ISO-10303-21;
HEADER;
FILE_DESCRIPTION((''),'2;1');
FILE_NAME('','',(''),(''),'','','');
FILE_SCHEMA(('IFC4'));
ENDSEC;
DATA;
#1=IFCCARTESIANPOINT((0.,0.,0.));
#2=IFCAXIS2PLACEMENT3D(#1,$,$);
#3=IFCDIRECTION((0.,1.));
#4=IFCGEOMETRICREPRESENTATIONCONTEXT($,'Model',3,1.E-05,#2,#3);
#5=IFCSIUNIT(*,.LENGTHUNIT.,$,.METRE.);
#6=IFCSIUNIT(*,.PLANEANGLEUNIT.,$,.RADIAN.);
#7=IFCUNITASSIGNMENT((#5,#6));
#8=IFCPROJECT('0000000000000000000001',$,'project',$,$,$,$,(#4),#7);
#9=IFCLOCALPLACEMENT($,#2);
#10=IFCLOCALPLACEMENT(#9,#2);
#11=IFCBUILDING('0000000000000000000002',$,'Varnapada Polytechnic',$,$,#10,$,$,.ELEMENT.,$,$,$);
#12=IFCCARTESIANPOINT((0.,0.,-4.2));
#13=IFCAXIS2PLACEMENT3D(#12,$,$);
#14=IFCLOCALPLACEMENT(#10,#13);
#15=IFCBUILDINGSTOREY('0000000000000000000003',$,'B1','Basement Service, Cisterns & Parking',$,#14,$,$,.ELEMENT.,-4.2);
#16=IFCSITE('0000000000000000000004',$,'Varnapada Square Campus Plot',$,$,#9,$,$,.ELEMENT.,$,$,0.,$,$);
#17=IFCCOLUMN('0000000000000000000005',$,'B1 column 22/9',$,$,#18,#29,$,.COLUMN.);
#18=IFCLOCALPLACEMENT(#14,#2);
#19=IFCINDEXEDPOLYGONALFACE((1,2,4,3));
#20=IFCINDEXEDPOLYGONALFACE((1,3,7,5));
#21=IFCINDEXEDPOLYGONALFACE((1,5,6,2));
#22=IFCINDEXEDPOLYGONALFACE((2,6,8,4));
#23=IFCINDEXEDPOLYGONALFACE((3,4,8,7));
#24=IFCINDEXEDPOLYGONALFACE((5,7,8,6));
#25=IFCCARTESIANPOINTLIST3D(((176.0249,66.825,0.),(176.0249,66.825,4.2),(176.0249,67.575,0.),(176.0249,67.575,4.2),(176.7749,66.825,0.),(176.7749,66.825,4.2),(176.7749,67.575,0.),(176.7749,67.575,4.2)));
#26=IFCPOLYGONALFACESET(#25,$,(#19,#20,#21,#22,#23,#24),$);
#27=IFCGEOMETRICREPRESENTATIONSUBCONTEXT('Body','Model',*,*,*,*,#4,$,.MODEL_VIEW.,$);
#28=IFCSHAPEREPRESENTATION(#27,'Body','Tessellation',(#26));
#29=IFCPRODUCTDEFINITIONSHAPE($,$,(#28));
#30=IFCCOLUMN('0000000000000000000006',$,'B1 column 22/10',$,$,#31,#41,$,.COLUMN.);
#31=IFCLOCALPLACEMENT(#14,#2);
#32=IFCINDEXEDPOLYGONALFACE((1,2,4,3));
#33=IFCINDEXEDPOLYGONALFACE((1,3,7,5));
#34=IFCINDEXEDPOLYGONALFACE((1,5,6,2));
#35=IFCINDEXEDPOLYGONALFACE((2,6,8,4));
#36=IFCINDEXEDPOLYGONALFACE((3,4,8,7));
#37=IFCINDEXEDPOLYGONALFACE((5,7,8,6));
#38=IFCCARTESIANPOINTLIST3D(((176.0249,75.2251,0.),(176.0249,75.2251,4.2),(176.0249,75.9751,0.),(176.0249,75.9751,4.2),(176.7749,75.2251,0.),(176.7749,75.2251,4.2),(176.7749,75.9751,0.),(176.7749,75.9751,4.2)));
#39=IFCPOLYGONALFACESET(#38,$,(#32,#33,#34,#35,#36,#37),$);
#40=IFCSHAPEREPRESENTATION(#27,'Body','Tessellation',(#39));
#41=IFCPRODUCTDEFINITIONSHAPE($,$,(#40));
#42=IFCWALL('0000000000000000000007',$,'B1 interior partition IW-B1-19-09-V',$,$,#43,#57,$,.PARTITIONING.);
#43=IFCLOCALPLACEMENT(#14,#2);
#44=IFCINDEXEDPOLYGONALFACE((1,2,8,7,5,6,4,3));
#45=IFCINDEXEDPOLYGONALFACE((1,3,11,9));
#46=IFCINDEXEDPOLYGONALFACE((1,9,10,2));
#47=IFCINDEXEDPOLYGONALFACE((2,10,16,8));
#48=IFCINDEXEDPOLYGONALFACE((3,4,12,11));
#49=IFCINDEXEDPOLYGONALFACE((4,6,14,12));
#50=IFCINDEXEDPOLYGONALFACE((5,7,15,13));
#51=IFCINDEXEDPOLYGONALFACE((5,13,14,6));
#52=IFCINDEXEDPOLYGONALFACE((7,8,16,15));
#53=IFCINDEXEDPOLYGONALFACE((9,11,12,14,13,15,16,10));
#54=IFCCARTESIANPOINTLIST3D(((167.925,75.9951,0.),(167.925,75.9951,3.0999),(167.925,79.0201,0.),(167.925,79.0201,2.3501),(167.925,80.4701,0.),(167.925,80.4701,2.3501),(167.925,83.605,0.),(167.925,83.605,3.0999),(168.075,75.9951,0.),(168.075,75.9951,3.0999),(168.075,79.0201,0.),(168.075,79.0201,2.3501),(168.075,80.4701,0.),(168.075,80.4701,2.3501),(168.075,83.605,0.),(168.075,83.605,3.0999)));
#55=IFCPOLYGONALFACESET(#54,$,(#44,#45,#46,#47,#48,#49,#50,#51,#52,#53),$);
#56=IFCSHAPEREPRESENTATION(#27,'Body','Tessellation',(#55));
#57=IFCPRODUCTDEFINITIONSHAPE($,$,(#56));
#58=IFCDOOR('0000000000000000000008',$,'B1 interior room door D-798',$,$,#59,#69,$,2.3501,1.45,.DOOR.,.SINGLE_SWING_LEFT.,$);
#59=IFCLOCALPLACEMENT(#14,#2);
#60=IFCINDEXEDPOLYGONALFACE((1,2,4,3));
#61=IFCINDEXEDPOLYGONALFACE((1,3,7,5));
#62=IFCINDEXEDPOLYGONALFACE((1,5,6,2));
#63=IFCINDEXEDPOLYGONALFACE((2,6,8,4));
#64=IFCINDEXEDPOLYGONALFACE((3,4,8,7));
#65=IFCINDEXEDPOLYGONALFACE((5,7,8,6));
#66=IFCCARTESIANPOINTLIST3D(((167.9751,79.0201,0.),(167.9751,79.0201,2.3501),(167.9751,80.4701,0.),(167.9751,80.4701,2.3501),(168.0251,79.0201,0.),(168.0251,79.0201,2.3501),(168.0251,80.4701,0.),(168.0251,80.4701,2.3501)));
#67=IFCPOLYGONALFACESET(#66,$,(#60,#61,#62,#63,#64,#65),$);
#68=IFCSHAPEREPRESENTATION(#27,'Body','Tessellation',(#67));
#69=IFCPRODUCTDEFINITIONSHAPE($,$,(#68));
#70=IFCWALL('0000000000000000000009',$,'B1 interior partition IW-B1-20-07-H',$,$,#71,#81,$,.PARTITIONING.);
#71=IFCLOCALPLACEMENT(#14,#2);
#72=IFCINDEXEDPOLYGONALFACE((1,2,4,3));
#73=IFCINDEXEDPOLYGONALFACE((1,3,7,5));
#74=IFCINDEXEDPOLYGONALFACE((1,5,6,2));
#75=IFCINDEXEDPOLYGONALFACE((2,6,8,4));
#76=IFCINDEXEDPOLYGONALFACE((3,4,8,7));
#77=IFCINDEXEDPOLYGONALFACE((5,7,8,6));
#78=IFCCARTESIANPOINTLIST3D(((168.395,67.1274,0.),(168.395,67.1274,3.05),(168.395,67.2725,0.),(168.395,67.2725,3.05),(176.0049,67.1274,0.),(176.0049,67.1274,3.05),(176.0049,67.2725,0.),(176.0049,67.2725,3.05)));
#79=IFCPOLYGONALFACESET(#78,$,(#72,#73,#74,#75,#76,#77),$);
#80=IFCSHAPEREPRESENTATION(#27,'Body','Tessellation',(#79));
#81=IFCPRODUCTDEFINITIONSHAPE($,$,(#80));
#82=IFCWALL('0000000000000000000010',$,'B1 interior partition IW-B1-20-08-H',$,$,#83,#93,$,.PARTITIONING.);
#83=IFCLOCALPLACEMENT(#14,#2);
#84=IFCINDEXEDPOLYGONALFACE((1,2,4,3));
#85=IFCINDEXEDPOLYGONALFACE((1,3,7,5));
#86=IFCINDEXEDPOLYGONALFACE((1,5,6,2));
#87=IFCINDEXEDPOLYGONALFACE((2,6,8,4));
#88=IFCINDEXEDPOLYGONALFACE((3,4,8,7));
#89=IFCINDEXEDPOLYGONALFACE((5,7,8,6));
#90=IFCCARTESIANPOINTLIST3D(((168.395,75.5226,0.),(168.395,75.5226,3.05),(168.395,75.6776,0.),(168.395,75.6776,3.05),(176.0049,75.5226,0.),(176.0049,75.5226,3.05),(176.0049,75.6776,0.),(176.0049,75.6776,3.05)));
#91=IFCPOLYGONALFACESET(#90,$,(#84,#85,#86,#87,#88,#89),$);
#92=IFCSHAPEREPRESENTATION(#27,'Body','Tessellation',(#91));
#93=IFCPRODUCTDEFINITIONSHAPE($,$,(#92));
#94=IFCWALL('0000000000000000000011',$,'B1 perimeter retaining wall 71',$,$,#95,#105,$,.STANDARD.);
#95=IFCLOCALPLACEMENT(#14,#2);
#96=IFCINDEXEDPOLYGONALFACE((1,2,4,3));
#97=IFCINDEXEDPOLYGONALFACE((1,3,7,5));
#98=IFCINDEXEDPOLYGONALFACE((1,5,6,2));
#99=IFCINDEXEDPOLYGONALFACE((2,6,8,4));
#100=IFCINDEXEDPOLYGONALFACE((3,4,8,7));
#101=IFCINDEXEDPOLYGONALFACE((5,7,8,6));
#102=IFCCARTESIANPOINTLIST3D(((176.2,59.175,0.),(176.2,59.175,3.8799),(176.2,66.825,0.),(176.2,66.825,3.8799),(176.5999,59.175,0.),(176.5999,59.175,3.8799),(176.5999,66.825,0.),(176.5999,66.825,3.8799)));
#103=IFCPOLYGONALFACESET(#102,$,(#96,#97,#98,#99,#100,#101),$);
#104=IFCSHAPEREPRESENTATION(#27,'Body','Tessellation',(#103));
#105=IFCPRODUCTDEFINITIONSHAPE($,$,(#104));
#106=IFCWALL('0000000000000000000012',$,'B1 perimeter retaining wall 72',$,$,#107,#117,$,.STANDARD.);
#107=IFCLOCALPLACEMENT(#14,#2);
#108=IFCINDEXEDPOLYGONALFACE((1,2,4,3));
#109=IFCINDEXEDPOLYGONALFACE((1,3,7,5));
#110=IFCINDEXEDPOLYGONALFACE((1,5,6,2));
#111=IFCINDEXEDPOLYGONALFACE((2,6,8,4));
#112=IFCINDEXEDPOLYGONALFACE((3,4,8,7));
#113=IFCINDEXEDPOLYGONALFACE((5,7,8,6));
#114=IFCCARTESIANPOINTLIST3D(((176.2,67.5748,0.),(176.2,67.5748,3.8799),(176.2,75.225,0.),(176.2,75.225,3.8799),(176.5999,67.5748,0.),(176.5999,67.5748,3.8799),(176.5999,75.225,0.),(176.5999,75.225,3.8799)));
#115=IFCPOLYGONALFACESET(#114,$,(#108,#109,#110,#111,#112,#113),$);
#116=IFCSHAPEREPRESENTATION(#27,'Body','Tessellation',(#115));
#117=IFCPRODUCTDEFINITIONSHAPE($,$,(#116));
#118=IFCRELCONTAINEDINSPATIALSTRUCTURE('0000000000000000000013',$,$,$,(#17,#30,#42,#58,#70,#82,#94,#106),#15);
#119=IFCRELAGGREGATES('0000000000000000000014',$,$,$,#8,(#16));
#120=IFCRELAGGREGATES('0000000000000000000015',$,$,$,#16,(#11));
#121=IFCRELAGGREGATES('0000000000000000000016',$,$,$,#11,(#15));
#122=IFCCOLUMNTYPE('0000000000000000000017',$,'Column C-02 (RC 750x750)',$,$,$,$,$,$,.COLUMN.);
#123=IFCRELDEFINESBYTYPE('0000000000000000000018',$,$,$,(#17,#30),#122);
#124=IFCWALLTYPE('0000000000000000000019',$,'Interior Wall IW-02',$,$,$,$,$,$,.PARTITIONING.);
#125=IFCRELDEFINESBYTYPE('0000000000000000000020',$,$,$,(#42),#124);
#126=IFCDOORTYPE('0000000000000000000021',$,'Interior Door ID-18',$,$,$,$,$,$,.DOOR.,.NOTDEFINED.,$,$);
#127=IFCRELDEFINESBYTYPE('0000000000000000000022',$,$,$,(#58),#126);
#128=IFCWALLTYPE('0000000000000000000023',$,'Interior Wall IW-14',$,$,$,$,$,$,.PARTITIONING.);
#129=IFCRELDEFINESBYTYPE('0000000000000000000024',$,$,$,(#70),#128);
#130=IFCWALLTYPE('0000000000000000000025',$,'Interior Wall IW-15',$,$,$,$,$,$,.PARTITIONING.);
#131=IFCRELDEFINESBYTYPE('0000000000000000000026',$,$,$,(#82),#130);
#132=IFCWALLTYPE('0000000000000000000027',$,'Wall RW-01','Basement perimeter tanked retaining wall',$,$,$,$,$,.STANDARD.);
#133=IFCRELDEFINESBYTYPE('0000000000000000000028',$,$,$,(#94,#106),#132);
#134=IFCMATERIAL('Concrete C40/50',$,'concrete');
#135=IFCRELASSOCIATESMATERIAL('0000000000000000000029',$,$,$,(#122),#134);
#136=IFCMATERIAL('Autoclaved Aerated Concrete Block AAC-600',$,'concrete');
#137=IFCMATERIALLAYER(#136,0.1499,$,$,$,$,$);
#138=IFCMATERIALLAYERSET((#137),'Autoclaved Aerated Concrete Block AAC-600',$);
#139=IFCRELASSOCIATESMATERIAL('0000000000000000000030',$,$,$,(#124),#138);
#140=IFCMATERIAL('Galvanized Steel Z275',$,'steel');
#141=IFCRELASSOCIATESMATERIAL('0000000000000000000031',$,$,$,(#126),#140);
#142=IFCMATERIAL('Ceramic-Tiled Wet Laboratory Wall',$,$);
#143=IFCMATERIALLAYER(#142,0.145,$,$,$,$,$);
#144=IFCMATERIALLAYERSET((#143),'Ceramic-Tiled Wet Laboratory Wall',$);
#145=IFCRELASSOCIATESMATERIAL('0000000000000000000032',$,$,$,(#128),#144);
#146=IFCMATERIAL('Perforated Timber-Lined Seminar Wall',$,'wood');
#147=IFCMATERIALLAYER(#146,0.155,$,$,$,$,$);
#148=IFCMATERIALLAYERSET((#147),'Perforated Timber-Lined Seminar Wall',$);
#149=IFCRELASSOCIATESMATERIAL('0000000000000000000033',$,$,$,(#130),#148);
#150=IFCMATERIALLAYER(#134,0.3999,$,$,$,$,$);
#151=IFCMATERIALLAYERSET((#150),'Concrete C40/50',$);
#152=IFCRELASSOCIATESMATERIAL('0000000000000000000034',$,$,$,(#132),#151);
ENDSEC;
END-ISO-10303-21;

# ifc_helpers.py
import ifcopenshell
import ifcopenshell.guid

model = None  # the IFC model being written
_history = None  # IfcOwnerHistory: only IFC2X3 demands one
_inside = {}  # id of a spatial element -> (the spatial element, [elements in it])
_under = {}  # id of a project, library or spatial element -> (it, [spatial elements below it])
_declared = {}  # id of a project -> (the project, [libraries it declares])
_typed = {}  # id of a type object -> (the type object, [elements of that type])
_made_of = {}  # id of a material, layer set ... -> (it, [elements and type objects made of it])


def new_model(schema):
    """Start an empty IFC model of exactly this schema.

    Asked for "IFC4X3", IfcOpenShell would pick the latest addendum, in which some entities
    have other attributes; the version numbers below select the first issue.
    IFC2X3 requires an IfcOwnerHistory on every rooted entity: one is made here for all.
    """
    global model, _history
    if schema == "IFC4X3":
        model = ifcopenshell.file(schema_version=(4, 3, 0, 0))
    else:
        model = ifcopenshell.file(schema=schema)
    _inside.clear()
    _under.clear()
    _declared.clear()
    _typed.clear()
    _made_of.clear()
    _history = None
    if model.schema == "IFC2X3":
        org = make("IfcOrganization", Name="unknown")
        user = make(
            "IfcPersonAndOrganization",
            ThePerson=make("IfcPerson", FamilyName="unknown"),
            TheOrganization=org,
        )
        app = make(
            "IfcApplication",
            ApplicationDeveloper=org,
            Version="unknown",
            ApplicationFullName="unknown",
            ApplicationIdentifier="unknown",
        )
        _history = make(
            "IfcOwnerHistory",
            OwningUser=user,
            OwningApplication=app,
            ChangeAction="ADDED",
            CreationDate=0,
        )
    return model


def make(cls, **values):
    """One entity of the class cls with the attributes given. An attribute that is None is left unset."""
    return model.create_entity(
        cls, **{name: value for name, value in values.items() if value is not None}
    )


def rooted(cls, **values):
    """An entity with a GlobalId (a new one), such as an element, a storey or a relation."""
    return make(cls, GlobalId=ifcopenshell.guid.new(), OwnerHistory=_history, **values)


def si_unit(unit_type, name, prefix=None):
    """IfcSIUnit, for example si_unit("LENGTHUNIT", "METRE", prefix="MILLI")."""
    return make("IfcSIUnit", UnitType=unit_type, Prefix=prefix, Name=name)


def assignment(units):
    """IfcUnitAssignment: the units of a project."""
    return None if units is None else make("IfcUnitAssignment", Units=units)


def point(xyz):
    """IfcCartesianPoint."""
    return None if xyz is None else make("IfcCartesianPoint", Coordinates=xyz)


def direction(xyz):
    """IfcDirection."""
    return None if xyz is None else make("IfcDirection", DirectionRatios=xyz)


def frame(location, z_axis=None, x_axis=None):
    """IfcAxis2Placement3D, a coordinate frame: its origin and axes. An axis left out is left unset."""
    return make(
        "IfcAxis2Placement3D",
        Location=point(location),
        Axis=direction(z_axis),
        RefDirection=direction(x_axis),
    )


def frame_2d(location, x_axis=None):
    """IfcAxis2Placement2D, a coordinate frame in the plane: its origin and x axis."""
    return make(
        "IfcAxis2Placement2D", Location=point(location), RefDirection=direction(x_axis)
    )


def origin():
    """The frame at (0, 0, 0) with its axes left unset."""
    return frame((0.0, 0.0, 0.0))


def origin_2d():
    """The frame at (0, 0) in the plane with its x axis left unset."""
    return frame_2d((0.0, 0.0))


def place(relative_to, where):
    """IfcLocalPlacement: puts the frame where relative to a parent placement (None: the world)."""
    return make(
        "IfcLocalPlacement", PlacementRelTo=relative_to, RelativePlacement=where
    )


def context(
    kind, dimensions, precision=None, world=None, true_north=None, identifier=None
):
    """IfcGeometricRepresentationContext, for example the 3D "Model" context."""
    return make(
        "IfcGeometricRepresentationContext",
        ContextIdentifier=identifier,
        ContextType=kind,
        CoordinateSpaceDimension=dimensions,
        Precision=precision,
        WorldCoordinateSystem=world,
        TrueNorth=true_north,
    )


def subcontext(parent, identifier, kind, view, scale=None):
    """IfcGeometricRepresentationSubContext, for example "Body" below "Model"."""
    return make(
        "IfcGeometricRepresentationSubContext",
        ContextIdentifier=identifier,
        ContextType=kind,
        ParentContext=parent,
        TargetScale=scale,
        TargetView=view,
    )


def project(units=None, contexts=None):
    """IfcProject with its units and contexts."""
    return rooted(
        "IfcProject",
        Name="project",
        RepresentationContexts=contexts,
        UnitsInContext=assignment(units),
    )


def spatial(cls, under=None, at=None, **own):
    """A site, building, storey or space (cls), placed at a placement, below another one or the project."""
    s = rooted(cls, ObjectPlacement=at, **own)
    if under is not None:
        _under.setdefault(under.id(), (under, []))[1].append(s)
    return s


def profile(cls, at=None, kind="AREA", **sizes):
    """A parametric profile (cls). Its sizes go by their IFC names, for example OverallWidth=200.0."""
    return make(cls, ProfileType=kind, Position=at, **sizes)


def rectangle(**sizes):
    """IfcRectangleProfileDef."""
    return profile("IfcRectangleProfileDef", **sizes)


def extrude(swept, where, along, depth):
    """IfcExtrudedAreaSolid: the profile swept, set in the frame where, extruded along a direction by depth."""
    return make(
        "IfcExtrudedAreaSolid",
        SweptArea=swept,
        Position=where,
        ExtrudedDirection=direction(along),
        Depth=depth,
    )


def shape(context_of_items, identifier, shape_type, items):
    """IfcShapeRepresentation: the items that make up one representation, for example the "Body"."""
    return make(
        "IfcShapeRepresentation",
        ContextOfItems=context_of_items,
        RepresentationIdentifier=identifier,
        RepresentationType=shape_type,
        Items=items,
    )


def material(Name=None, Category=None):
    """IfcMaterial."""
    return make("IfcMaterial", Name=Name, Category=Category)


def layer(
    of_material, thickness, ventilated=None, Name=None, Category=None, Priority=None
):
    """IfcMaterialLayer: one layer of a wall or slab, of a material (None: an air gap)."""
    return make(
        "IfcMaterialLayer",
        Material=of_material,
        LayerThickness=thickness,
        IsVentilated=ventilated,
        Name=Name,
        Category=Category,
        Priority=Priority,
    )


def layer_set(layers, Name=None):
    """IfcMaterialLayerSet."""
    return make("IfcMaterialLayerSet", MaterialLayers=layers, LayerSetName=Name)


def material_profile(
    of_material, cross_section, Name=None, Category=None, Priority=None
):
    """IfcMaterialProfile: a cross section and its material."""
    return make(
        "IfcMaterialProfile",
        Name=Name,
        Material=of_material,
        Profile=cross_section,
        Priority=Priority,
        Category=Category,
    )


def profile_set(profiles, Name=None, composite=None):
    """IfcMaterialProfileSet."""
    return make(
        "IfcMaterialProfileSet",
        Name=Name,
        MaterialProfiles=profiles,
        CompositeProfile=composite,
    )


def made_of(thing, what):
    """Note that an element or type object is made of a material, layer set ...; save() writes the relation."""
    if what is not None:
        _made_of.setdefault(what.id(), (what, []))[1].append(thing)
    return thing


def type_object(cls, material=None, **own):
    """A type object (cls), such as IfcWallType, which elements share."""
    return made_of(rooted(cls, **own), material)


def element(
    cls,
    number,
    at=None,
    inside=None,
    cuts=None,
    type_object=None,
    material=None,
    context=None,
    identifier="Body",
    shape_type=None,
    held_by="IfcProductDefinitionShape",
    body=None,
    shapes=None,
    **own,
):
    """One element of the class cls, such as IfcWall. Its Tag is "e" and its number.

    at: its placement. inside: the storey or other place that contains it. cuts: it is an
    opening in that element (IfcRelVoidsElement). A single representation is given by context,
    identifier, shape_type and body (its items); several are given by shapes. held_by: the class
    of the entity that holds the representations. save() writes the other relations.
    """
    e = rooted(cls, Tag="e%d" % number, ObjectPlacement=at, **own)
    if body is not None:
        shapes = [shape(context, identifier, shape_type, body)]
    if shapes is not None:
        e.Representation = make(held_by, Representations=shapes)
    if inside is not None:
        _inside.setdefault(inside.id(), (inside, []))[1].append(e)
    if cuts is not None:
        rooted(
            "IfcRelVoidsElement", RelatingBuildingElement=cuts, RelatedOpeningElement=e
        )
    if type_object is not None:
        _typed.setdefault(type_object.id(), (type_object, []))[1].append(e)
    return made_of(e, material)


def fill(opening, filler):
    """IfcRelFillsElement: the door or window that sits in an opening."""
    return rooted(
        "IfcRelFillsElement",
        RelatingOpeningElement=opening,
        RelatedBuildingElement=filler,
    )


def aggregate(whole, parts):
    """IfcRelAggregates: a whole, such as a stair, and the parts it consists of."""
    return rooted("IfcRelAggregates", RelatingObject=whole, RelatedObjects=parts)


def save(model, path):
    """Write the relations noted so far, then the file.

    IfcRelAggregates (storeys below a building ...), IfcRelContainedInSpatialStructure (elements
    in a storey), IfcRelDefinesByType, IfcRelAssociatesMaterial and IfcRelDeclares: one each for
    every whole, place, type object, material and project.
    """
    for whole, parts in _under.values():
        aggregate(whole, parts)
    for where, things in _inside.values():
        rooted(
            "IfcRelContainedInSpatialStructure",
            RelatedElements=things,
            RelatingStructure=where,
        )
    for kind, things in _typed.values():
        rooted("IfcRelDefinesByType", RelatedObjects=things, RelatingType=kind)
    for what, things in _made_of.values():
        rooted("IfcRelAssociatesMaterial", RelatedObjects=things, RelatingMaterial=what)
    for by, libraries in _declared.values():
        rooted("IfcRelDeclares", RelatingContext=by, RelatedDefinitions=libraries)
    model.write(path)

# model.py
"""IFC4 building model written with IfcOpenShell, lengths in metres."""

from ifc_helpers import new_model, si_unit, direction, frame, frame_2d, origin, origin_2d, place, context, subcontext, project, spatial, rectangle, extrude, material, layer, layer_set, material_profile, profile_set, type_object, element, fill, save


model = new_model("IFC4")

# Units and contexts
model_context = context("Model", 3, precision=1e-05, world=origin(), true_north=direction((0.0, 1.0)))
body_context = subcontext(model_context, "Body", "Model", "MODEL_VIEW")
ifc_project = project(units=[si_unit("LENGTHUNIT", "METRE"), si_unit("PLANEANGLEUNIT", "RADIAN")], contexts=[model_context])

# Site, building, storey
site_placement = place(None, origin())
site = spatial("IfcSite", under=ifc_project, at=site_placement, Name="Varnapada Square Campus Plot", CompositionType="ELEMENT", RefElevation=0.0)
building_placement = place(site_placement, origin())
building = spatial("IfcBuilding", under=site, at=building_placement, Name="Varnapada Polytechnic", CompositionType="ELEMENT")
storey_placement = place(building_placement, frame((0.0, 0.0, -4.2)))
storey = spatial("IfcBuildingStorey", under=building, at=storey_placement, Name="B1", Description="Basement Service, Cisterns & Parking", CompositionType="ELEMENT", Elevation=-4.2)

# Shared definitions
ifc_material_1 = material(Name="Concrete C40/50", Category="concrete")

# Columns
ifc_material_profile_1 = material_profile(ifc_material_1, rectangle(XDim=0.75, YDim=0.75, at=origin_2d()), Name="RC 750x750")
ifc_profile_set_1 = profile_set([ifc_material_profile_1], Name="Concrete C40/50")
column_type = type_object("IfcColumnType", Name="Column C-02 (RC 750x750)", PredefinedType="COLUMN", material=ifc_profile_set_1)
for number, where, z_axis, x_axis, name in (
    (1, (176.3999, 67.2, 0.0), (0.0, 0.0, 1.0), (1.0, 0.0, 0.0), "B1 column 22/9"),
    (2, (176.3999, 75.6001, 0.0), (0.0, 0.0, 1.0), (1.0, 0.0, 0.0), "B1 column 22/10"),
):
    element("IfcColumn", number, at=place(storey_placement, frame(where, z_axis=z_axis, x_axis=x_axis)), inside=storey, type_object=column_type, Name=name, PredefinedType="COLUMN", context=body_context, shape_type="SweptSolid", body=[
        extrude(rectangle(XDim=0.75, YDim=0.75, at=origin_2d()), origin(), (0.0, 0.0, 1.0), 4.2),
    ])

# Wall, opening, door
ifc_material_2 = material(Name="Autoclaved Aerated Concrete Block AAC-600", Category="concrete")
ifc_layer_1 = layer(ifc_material_2, 0.1499)
ifc_layer_set_1 = layer_set([ifc_layer_1], Name="Autoclaved Aerated Concrete Block AAC-600")
wall_type_1 = type_object("IfcWallType", Name="Interior Wall IW-02", PredefinedType="PARTITIONING", material=ifc_layer_set_1)
wall_1_placement = place(storey_placement, frame((168.0, 75.9951, 0.0), z_axis=(0.0, 0.0, 1.0), x_axis=(0.0, 1.0, 0.0)))
wall_1 = element("IfcWall", 3, at=wall_1_placement, inside=storey, type_object=wall_type_1, Name="B1 interior partition IW-B1-19-09-V", PredefinedType="PARTITIONING", context=body_context, shape_type="SweptSolid", body=[
    extrude(rectangle(XDim=7.6099, YDim=0.1499, at=frame_2d((3.8049, 0.0))), origin(), (0.0, 0.0, 1.0), 3.0999),
])
opening_placement = place(wall_1_placement, frame((3.0249, 0.0, 0.0)))
opening = element("IfcOpeningElement", 4, at=opening_placement, cuts=wall_1, PredefinedType="OPENING", context=body_context, shape_type="SweptSolid", body=[
    extrude(rectangle(XDim=1.45, YDim=2.3501, at=frame_2d((0.7251, 1.175))), frame((0.0, 0.085, 0.0), z_axis=(0.0, -1.0, 0.0), x_axis=(1.0, 0.0, 0.0)), (0.0, 0.0, 1.0), 0.1699),
])
ifc_material_3 = material(Name="Galvanized Steel Z275", Category="steel")
door_type = type_object("IfcDoorType", Name="Interior Door ID-18", OperationType="NOTDEFINED", PredefinedType="DOOR", material=ifc_material_3)
door_placement = place(opening_placement, origin())
door = element("IfcDoor", 5, at=door_placement, inside=storey, type_object=door_type, Name="B1 interior room door D-798", OperationType="SINGLE_SWING_LEFT", OverallHeight=2.3501, OverallWidth=1.45, PredefinedType="DOOR", context=body_context, shape_type="SweptSolid", body=[
    extrude(rectangle(XDim=1.45, YDim=2.3501, at=frame_2d((0.7251, 1.175))), frame((0.0, 0.0249, 0.0), z_axis=(0.0, -1.0, 0.0), x_axis=(1.0, 0.0, 0.0)), (0.0, 0.0, 1.0), 0.05),
])
fill(opening, door)

# Walls
ifc_material_4 = material(Name="Ceramic-Tiled Wet Laboratory Wall")
ifc_layer_2 = layer(ifc_material_4, 0.145)
ifc_layer_set_2 = layer_set([ifc_layer_2], Name="Ceramic-Tiled Wet Laboratory Wall")
wall_type_2 = type_object("IfcWallType", Name="Interior Wall IW-14", PredefinedType="PARTITIONING", material=ifc_layer_set_2)
wall_2_placement = place(storey_placement, frame((168.395, 67.2, 0.0), z_axis=(0.0, 0.0, 1.0), x_axis=(1.0, 0.0, 0.0)))
element("IfcWall", 6, at=wall_2_placement, inside=storey, type_object=wall_type_2, Name="B1 interior partition IW-B1-20-07-H", PredefinedType="PARTITIONING", context=body_context, shape_type="SweptSolid", body=[
    extrude(rectangle(XDim=7.6099, YDim=0.145, at=frame_2d((3.8049, 0.0))), origin(), (0.0, 0.0, 1.0), 3.05),
])
ifc_material_5 = material(Name="Perforated Timber-Lined Seminar Wall", Category="wood")
ifc_layer_3 = layer(ifc_material_5, 0.155)
ifc_layer_set_3 = layer_set([ifc_layer_3], Name="Perforated Timber-Lined Seminar Wall")
wall_type_3 = type_object("IfcWallType", Name="Interior Wall IW-15", PredefinedType="PARTITIONING", material=ifc_layer_set_3)
wall_3_placement = place(storey_placement, frame((168.395, 75.6001, 0.0), z_axis=(0.0, 0.0, 1.0), x_axis=(1.0, 0.0, 0.0)))
element("IfcWall", 7, at=wall_3_placement, inside=storey, type_object=wall_type_3, Name="B1 interior partition IW-B1-20-08-H", PredefinedType="PARTITIONING", context=body_context, shape_type="SweptSolid", body=[
    extrude(rectangle(XDim=7.6099, YDim=0.155, at=frame_2d((3.8049, 0.0))), origin(), (0.0, 0.0, 1.0), 3.05),
])
ifc_layer_4 = layer(ifc_material_1, 0.3999)
ifc_layer_set_4 = layer_set([ifc_layer_4], Name="Concrete C40/50")
wall_type_4 = type_object("IfcWallType", Name="Wall RW-01", Description="Basement perimeter tanked retaining wall", PredefinedType="STANDARD", material=ifc_layer_set_4)
wall_4_placement = place(storey_placement, frame((176.3999, 66.825, 0.0), z_axis=(0.0, 0.0, 1.0), x_axis=(0.0, -1.0, 0.0)))
element("IfcWall", 8, at=wall_4_placement, inside=storey, type_object=wall_type_4, Name="B1 perimeter retaining wall 71", PredefinedType="STANDARD", context=body_context, shape_type="SweptSolid", body=[
    extrude(rectangle(XDim=7.6499, YDim=0.3999, at=frame_2d((3.825, 0.0))), origin(), (0.0, 0.0, 1.0), 3.8799),
])
wall_5_placement = place(storey_placement, frame((176.3999, 75.2251, 0.0), z_axis=(0.0, 0.0, 1.0), x_axis=(0.0, -1.0, 0.0)))
element("IfcWall", 9, at=wall_5_placement, inside=storey, type_object=wall_type_4, Name="B1 perimeter retaining wall 72", PredefinedType="STANDARD", context=body_context, shape_type="SweptSolid", body=[
    extrude(rectangle(XDim=7.6501, YDim=0.3999, at=frame_2d((3.8252, 0.0))), origin(), (0.0, 0.0, 1.0), 3.8799),
])

save(model, "model.ifc")
